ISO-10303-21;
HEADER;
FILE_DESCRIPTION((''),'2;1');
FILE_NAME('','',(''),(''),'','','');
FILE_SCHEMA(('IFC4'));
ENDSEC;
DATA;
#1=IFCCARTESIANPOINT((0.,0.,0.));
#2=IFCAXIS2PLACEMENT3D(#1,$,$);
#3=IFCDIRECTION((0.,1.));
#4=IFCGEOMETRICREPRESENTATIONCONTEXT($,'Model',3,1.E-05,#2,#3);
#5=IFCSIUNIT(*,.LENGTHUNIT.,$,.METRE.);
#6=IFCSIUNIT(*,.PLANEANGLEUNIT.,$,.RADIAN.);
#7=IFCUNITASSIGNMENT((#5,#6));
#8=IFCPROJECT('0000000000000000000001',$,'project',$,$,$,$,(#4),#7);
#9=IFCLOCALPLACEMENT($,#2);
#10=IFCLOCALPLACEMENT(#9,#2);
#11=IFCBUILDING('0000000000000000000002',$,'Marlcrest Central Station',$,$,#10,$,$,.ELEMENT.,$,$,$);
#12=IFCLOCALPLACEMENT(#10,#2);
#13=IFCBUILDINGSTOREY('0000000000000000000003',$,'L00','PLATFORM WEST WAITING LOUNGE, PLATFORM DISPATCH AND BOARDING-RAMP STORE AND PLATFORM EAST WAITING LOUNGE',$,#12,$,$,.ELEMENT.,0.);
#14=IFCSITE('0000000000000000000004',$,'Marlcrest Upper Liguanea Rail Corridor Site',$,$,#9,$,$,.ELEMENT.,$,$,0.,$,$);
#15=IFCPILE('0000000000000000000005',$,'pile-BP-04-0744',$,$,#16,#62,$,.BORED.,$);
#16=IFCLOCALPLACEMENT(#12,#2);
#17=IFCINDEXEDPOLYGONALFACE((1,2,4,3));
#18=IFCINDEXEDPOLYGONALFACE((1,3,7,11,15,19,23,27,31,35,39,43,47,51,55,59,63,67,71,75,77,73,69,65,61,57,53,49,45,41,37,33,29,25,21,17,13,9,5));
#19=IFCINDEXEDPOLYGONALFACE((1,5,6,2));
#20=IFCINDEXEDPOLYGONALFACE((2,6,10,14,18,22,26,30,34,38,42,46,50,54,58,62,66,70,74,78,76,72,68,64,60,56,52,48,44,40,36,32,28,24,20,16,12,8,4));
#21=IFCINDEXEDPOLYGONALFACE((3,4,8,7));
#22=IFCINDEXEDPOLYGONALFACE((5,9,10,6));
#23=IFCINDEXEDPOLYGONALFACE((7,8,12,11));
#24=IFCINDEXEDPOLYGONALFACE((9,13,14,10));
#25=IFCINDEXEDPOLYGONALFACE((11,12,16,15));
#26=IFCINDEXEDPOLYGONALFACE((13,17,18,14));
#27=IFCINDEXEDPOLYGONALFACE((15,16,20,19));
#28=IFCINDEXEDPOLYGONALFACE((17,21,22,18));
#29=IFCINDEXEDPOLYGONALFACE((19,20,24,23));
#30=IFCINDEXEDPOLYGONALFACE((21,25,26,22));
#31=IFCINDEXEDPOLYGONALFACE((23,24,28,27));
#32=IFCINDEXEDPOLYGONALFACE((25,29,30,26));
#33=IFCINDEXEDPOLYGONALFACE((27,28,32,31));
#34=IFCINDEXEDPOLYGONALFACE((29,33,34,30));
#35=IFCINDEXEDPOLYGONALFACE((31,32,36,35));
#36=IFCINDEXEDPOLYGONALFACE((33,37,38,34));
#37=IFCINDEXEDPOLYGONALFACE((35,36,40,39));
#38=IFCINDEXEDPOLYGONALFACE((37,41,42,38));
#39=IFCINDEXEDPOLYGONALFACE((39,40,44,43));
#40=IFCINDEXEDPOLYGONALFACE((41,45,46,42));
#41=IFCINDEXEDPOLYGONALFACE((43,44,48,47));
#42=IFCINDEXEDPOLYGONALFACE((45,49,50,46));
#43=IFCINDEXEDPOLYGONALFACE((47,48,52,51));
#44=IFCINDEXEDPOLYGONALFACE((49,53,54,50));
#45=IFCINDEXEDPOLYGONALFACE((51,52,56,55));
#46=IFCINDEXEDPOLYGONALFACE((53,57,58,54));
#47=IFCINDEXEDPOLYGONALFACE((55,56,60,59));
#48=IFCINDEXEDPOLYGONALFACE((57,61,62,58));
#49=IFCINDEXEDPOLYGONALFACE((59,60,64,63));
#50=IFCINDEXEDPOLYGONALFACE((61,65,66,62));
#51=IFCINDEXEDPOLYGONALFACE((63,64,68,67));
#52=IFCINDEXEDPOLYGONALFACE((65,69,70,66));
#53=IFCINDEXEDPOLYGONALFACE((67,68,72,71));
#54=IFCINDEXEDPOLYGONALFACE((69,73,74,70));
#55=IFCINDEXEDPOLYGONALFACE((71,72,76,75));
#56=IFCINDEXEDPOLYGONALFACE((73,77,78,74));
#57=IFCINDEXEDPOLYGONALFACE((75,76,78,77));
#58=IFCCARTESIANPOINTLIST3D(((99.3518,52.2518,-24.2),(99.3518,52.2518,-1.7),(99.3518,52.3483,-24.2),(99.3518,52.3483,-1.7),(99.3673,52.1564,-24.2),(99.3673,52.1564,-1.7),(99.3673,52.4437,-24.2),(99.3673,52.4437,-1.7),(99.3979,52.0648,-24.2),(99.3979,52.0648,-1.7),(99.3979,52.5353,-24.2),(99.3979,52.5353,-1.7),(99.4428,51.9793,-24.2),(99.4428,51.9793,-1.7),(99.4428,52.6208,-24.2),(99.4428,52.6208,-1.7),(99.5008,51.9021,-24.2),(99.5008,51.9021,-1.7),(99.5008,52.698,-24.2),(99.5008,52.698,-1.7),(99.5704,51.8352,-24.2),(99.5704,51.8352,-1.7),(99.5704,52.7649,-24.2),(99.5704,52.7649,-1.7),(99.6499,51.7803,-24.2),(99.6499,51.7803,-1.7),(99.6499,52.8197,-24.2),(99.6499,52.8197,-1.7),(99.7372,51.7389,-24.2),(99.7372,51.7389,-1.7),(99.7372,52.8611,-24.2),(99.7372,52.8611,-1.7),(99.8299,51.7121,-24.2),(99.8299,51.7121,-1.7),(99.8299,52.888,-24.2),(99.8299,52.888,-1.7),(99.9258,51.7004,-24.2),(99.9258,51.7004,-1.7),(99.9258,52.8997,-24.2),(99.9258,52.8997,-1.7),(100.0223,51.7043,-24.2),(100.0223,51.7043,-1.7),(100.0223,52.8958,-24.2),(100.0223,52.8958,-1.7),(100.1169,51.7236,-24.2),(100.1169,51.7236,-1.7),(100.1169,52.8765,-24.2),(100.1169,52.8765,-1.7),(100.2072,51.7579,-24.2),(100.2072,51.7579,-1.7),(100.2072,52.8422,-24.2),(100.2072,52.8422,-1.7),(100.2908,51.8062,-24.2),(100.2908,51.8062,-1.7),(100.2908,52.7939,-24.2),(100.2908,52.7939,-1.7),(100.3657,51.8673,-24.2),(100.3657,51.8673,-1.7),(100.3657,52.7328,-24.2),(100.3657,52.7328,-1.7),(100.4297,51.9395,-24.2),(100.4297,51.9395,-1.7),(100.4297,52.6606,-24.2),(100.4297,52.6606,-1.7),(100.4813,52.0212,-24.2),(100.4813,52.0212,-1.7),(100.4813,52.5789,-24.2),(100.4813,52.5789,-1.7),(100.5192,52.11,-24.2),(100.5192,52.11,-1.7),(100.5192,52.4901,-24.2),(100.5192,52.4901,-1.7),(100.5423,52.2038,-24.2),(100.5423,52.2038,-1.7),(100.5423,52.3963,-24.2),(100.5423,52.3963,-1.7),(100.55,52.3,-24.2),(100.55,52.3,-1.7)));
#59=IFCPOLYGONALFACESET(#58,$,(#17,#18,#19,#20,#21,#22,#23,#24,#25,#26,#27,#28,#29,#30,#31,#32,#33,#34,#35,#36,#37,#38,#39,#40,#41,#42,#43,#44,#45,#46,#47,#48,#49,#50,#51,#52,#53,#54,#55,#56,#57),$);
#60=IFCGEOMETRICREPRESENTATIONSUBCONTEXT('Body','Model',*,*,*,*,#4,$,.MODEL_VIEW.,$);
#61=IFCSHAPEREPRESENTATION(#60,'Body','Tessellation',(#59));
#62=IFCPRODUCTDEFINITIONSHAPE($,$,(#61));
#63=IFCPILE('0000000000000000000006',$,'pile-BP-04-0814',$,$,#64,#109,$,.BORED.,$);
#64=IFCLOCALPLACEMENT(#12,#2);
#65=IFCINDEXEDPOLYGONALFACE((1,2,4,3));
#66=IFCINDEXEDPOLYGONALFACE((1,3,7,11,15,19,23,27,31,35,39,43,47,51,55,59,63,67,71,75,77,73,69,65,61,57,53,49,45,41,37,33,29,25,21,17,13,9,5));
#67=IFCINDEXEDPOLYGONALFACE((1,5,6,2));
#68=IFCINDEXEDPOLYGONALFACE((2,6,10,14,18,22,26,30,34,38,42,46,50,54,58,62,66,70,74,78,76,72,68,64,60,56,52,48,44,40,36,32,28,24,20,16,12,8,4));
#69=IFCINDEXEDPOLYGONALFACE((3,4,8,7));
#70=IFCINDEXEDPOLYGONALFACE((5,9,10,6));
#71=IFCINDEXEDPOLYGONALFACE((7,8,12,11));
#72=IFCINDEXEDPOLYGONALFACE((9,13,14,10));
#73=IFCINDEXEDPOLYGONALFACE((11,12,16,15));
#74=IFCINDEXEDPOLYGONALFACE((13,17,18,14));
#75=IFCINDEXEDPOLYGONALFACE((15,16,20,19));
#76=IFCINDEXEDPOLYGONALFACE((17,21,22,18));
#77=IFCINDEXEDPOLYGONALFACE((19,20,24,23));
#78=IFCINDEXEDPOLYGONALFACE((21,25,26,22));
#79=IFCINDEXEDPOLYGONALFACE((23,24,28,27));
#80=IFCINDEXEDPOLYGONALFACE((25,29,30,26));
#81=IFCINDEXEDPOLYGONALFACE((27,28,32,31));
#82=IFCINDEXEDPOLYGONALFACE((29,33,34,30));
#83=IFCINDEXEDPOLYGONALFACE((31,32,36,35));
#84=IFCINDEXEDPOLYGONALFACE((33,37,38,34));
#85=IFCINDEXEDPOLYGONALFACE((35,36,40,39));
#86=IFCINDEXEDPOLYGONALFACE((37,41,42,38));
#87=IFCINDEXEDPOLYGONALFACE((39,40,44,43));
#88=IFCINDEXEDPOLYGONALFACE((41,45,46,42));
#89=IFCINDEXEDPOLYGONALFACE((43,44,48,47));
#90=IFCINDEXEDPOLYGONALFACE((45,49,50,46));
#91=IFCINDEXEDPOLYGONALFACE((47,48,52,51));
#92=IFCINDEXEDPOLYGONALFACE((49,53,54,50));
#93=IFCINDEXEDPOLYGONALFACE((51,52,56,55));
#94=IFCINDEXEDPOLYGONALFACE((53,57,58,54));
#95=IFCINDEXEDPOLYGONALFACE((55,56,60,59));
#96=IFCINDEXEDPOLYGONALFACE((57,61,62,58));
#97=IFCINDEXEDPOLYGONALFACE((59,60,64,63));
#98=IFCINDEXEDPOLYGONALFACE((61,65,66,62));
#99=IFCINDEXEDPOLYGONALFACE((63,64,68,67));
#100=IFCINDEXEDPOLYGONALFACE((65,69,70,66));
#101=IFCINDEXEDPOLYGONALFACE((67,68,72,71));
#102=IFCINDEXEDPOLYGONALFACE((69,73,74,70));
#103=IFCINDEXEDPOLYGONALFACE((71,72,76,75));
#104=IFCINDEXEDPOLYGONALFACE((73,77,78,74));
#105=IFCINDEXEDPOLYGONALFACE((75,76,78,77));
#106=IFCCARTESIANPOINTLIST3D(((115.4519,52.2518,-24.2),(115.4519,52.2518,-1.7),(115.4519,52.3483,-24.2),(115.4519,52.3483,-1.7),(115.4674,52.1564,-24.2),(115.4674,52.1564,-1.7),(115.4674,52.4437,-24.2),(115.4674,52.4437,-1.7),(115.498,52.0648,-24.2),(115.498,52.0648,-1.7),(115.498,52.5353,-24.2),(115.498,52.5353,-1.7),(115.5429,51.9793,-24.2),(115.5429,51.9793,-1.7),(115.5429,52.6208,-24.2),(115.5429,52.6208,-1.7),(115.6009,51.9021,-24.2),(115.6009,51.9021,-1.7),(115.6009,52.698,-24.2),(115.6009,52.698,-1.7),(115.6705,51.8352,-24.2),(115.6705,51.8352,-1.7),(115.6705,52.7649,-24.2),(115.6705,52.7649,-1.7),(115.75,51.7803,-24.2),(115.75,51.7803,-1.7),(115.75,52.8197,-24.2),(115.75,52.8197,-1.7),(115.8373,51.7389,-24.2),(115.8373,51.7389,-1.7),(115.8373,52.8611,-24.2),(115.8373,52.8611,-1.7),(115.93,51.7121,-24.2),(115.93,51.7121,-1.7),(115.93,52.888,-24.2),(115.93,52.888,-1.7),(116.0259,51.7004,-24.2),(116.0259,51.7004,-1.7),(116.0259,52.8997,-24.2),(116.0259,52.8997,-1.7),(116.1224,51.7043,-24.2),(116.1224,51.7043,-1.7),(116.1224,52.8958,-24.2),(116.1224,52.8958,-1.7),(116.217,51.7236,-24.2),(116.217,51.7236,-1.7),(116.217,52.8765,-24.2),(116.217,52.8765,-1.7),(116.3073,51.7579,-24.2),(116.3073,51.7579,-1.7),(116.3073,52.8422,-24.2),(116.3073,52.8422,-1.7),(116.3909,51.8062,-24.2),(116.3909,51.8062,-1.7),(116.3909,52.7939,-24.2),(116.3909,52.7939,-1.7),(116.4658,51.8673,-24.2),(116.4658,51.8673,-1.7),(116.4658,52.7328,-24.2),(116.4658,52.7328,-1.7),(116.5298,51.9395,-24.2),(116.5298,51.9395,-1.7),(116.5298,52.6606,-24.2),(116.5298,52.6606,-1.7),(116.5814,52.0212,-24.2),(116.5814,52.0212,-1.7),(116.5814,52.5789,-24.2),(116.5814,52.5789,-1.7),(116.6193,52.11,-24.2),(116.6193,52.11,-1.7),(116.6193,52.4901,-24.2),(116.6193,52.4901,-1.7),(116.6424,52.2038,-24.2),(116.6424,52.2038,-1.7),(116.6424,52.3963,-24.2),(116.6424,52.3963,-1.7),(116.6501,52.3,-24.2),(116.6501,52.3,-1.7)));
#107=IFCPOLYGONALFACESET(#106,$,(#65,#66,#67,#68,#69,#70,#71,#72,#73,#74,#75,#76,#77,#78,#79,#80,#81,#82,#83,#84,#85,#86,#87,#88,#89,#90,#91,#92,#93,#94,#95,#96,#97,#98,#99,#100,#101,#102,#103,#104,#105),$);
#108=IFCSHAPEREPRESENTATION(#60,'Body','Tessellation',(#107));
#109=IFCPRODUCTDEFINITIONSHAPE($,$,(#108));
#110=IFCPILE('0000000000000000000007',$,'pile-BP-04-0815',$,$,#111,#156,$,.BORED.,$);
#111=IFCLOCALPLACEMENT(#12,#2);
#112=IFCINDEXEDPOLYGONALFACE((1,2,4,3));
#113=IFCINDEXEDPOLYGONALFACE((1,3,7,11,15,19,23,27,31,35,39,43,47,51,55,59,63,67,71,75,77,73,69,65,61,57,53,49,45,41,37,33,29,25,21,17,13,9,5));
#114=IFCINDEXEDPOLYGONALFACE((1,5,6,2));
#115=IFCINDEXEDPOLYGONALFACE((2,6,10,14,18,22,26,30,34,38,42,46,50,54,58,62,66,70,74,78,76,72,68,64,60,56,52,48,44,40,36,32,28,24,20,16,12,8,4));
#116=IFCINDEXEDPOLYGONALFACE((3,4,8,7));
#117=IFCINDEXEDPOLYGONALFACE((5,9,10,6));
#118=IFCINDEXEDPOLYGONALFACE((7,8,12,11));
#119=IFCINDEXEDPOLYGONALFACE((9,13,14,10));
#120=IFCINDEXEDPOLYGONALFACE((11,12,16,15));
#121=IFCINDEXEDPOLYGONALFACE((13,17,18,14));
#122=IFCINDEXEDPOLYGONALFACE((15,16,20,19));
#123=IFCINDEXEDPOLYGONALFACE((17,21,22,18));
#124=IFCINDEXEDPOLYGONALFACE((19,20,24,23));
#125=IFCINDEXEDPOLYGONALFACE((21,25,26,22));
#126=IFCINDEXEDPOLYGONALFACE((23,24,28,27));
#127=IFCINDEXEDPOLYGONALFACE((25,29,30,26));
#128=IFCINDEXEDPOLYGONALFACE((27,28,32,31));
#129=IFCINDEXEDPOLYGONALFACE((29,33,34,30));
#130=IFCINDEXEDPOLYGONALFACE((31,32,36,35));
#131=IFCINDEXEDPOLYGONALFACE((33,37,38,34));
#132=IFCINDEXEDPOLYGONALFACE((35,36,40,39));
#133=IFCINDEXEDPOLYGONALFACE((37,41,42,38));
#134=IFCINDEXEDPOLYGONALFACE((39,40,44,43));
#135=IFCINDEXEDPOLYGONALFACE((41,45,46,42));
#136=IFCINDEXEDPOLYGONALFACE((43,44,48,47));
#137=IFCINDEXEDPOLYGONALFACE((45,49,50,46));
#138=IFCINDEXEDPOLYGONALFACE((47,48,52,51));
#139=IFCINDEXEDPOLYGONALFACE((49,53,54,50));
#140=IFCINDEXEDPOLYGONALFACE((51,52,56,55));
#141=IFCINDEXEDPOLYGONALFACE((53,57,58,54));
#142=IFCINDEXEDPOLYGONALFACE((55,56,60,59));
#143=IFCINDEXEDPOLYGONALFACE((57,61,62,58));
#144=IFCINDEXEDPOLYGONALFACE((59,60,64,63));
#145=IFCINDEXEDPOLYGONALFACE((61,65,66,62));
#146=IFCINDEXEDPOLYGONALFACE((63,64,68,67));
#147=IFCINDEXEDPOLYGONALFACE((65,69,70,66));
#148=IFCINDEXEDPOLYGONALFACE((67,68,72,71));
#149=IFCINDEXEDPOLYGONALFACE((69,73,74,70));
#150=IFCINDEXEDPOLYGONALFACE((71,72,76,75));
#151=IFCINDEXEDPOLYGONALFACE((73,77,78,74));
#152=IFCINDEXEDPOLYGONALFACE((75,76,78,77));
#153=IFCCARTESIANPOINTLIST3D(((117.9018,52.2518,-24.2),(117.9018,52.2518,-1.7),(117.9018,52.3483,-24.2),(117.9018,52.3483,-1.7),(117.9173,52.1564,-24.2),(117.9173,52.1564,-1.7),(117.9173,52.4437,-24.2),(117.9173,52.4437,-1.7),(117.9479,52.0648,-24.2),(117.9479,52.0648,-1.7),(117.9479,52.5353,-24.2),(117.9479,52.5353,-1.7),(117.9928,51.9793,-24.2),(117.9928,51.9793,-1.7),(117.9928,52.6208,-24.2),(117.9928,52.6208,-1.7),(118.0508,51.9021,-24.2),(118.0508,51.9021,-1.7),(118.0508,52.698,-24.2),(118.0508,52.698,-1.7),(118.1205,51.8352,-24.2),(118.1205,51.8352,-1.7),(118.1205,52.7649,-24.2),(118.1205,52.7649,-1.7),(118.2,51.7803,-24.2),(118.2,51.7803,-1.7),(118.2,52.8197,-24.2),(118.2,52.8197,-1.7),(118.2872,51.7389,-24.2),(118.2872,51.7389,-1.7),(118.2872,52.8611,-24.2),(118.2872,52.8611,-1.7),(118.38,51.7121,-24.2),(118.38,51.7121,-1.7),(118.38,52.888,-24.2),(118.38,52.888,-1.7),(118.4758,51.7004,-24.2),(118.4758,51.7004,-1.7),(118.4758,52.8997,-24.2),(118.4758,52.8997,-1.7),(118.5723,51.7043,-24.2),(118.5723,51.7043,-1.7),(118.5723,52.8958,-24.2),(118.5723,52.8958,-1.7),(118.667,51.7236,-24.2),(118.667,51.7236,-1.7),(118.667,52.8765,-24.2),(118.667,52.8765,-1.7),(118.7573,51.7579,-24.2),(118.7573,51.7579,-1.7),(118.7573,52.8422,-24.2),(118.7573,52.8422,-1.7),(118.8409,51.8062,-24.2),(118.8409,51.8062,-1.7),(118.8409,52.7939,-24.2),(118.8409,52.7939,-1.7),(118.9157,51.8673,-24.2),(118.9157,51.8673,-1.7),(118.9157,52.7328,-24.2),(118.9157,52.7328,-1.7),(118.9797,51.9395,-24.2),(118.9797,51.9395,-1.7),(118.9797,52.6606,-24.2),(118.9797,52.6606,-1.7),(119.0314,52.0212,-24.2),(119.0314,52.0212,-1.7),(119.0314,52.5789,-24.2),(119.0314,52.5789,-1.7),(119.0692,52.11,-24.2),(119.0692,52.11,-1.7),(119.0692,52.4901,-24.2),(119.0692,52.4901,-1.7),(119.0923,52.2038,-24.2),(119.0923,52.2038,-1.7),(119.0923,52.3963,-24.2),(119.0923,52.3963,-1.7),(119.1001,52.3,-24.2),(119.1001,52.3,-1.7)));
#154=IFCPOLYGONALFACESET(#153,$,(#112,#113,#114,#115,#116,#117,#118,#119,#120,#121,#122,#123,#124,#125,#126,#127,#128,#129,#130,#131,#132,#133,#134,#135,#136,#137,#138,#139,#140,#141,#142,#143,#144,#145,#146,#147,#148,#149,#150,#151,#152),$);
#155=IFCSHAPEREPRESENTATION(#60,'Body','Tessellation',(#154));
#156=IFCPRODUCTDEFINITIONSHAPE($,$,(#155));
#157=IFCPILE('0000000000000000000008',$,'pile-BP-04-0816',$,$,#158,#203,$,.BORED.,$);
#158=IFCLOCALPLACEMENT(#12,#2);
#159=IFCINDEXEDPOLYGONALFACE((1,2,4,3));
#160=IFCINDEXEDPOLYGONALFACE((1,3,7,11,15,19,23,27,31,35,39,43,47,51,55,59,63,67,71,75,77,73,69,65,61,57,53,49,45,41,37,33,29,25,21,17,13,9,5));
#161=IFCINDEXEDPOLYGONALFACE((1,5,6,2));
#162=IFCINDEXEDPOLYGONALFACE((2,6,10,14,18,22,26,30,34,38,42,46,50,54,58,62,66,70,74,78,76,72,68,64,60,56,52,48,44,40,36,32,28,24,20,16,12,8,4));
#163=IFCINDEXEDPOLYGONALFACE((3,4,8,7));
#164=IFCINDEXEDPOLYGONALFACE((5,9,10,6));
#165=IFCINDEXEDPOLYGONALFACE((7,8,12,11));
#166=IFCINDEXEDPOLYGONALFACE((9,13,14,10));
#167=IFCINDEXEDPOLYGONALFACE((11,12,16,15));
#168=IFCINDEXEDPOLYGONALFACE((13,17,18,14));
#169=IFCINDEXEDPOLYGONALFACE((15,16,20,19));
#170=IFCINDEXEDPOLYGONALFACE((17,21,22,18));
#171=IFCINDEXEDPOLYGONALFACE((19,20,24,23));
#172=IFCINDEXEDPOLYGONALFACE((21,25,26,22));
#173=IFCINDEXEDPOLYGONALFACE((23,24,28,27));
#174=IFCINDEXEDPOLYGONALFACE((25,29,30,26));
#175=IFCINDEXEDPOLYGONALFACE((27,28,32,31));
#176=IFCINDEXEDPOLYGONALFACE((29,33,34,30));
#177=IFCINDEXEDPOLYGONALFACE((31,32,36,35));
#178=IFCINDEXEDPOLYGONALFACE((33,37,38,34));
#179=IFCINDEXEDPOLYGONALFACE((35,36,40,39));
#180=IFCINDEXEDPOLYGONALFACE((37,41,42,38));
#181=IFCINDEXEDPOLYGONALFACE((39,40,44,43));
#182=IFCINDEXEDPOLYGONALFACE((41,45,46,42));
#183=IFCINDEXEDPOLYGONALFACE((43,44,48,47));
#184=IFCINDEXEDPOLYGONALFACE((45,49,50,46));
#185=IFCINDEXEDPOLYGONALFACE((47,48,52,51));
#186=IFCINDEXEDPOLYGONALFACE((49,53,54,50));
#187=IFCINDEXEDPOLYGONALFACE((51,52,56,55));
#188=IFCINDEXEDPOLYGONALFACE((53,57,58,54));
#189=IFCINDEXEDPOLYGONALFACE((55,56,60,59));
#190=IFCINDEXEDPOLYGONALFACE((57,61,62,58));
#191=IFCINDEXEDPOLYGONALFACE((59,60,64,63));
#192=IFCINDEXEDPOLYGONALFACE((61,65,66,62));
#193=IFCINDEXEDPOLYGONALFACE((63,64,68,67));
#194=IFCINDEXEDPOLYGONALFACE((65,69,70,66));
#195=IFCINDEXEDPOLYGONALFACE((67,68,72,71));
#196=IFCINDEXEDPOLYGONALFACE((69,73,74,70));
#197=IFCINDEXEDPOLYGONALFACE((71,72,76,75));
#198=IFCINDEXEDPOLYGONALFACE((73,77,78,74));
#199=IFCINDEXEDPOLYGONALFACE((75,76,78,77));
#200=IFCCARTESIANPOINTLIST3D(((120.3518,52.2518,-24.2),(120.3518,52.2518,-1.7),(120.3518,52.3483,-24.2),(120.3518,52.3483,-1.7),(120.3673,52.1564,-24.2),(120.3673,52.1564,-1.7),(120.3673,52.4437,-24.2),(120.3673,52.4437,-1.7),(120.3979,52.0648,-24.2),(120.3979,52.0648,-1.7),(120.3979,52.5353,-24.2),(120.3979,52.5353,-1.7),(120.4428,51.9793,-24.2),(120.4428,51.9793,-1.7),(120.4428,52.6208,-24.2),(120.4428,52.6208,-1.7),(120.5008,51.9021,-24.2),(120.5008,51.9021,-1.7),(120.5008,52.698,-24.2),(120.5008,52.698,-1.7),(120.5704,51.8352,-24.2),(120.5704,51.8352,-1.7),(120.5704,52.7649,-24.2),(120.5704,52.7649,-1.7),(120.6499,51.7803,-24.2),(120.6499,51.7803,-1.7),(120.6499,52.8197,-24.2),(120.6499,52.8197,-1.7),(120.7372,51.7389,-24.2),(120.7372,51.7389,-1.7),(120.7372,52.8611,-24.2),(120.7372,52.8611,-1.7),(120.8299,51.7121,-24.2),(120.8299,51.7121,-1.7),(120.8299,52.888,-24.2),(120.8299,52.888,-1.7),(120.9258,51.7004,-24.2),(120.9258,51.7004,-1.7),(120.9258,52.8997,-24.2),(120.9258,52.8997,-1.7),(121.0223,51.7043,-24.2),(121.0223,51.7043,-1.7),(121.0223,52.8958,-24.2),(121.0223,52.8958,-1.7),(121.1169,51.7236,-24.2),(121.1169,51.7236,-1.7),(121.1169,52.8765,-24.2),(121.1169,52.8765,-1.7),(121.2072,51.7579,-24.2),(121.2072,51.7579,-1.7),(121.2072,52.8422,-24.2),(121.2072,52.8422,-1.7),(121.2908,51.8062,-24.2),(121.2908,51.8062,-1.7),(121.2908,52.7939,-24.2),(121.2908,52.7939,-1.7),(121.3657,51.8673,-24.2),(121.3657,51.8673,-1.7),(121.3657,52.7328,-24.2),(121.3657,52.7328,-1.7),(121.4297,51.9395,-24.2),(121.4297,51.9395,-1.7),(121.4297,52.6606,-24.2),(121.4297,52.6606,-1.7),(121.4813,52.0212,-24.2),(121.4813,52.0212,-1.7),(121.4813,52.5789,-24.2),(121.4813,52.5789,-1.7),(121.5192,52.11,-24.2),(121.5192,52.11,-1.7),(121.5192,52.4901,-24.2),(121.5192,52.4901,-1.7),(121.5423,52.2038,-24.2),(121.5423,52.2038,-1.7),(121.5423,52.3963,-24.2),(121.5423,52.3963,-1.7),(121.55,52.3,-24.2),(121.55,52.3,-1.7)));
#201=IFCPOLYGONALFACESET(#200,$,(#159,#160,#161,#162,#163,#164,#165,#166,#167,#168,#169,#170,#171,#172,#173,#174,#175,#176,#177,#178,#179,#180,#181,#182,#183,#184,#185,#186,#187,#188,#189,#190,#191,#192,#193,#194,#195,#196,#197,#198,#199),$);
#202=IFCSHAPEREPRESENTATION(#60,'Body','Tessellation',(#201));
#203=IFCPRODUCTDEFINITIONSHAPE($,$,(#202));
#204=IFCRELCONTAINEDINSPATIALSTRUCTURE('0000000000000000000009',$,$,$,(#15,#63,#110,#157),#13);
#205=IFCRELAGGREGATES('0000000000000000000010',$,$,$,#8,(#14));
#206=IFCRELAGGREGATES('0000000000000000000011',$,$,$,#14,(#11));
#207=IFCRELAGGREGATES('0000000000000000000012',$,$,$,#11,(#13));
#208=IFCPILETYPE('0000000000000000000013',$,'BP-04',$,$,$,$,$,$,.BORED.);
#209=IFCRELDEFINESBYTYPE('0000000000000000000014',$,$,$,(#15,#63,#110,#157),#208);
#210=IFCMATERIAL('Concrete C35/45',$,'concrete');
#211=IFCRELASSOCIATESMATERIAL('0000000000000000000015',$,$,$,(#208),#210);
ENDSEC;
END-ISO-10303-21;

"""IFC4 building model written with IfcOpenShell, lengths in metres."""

from ifc_helpers import new_model, si_unit, direction, frame, origin, origin_2d, place, context, subcontext, project, spatial, circle, extrude, material, material_profile, profile_set, type_object, element, save


model = new_model("IFC4")

# Units and contexts
model_context = context("Model", 3, precision=1e-05, world=origin(), true_north=direction((0.0, 1.0)))
body_context = subcontext(model_context, "Body", "Model", "MODEL_VIEW")
ifc_project = project(units=[si_unit("LENGTHUNIT", "METRE"), si_unit("PLANEANGLEUNIT", "RADIAN")], contexts=[model_context])

# Site, building, storey
site_placement = place(None, origin())
site = spatial("IfcSite", under=ifc_project, at=site_placement, Name="Marlcrest Upper Liguanea Rail Corridor Site", CompositionType="ELEMENT", RefElevation=0.0)
building_placement = place(site_placement, origin())
building = spatial("IfcBuilding", under=site, at=building_placement, Name="Marlcrest Central Station", CompositionType="ELEMENT")
storey_placement = place(building_placement, origin())
storey = spatial("IfcBuildingStorey", under=building, at=storey_placement, Name="L00", Description="PLATFORM WEST WAITING LOUNGE, PLATFORM DISPATCH AND BOARDING-RAMP STORE AND PLATFORM EAST WAITING LOUNGE", CompositionType="ELEMENT", Elevation=0.0)

# Piles
ifc_material_1 = material(Name="Concrete C35/45", Category="concrete")
ifc_material_profile_1 = material_profile(ifc_material_1, circle(Radius=0.6001, at=origin_2d()), Name="PILE D1200")
ifc_profile_set_1 = profile_set([ifc_material_profile_1], Name="Concrete C35/45")
pile_type_1 = type_object("IfcPileType", Name="BP-04", PredefinedType="BORED", material=ifc_profile_set_1)
for number, where, z_axis, x_axis, name in (
    (1, (99.95, 52.3, -1.7), (0.0, 0.0, -1.0), (1.0, 0.0, 0.0), "pile-BP-04-0744"),
    (2, (116.05, 52.3, -1.7), (0.0, 0.0, -1.0), (1.0, 0.0, 0.0), "pile-BP-04-0814"),
    (3, (118.5, 52.3, -1.7), (0.0, 0.0, -1.0), (1.0, 0.0, 0.0), "pile-BP-04-0815"),
    (4, (120.95, 52.3, -1.7), (0.0, 0.0, -1.0), (1.0, 0.0, 0.0), "pile-BP-04-0816"),
):
    element("IfcPile", number, at=place(storey_placement, frame(where, z_axis=z_axis, x_axis=x_axis)), inside=storey, type_object=pile_type_1, Name=name, PredefinedType="BORED", context=body_context, shape_type="SweptSolid", body=[
        extrude(circle(Radius=0.6001, at=origin_2d()), origin(), (0.0, 0.0, 1.0), 22.5),
    ])

save(model, "model.ifc")
